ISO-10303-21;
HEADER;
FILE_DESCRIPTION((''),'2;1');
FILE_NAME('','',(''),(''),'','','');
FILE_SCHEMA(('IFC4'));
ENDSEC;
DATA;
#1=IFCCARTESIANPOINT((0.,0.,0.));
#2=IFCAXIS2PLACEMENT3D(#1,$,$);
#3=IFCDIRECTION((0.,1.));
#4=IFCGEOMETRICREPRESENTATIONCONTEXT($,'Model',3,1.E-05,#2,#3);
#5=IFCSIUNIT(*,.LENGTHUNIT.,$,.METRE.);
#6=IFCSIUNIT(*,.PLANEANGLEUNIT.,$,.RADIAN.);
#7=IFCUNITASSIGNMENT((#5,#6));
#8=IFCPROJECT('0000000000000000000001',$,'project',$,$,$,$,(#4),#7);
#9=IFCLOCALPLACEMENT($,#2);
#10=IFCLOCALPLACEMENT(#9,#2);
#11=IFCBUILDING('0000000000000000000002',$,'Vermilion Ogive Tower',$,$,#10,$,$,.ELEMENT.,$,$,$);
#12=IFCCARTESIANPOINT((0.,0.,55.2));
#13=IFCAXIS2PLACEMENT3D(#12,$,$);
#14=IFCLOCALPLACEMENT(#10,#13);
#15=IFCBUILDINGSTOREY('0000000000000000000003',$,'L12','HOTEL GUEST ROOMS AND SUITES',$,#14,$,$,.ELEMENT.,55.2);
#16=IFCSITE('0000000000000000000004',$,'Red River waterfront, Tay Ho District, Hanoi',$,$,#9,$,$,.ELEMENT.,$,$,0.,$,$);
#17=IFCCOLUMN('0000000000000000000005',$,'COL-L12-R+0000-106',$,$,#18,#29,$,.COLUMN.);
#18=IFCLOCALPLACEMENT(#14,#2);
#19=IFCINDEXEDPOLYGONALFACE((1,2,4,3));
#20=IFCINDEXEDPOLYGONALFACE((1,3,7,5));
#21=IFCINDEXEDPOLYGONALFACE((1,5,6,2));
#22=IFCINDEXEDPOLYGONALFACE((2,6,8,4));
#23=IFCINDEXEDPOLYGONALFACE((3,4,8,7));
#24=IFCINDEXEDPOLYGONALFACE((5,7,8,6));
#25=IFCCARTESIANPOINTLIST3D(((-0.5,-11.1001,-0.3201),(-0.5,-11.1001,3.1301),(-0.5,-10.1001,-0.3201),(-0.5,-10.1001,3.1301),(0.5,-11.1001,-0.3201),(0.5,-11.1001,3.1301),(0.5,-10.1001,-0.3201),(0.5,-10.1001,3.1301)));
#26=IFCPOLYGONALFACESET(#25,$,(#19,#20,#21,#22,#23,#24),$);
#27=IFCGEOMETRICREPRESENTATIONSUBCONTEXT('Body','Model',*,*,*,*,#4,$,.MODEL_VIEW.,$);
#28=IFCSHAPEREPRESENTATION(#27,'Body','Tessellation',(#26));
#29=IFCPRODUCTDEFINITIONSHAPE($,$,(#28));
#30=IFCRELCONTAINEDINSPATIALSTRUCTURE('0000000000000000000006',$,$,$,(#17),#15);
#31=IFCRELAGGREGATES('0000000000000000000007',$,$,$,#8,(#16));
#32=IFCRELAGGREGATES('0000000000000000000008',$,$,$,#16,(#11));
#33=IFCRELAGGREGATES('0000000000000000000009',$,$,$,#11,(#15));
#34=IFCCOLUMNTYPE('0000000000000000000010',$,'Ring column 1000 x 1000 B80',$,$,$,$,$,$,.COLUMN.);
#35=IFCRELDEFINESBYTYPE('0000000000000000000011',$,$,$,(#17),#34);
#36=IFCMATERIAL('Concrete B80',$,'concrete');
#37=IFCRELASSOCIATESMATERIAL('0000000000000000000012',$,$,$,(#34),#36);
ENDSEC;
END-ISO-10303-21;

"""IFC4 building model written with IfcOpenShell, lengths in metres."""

from ifc_helpers import new_model, si_unit, direction, frame, origin, origin_2d, place, context, subcontext, project, spatial, rectangle, extrude, material, material_profile, profile_set, type_object, element, save


model = new_model("IFC4")

# Units and contexts
model_context = context("Model", 3, precision=1e-05, world=origin(), true_north=direction((0.0, 1.0)))
body_context = subcontext(model_context, "Body", "Model", "MODEL_VIEW")
ifc_project = project(units=[si_unit("LENGTHUNIT", "METRE"), si_unit("PLANEANGLEUNIT", "RADIAN")], contexts=[model_context])

# Site, building, storey
site_placement = place(None, origin())
site = spatial("IfcSite", under=ifc_project, at=site_placement, Name="Red River waterfront, Tay Ho District, Hanoi", CompositionType="ELEMENT", RefElevation=0.0)
building_placement = place(site_placement, origin())
building = spatial("IfcBuilding", under=site, at=building_placement, Name="Vermilion Ogive Tower", CompositionType="ELEMENT")
storey_placement = place(building_placement, frame((0.0, 0.0, 55.2)))
storey = spatial("IfcBuildingStorey", under=building, at=storey_placement, Name="L12", Description="HOTEL GUEST ROOMS AND SUITES", CompositionType="ELEMENT", Elevation=55.2)

# Column
ifc_material_1 = material(Name="Concrete B80", Category="concrete")
ifc_material_profile = material_profile(ifc_material_1, rectangle(XDim=1.0, YDim=1.0, at=origin_2d()), Name="1000 x 1000")
ifc_profile_set = profile_set([ifc_material_profile], Name="Concrete B80")
column_type = type_object("IfcColumnType", Name="Ring column 1000 x 1000 B80", PredefinedType="COLUMN", material=ifc_profile_set)
column_placement = place(storey_placement, frame((0.0, -10.6001, -0.3201), z_axis=(0.0, 0.0, 1.0), x_axis=(1.0, 0.0, 0.0)))
element("IfcColumn", 1, at=column_placement, inside=storey, type_object=column_type, Name="COL-L12-R+0000-106", PredefinedType="COLUMN", context=body_context, shape_type="SweptSolid", body=[
    extrude(rectangle(XDim=1.0, YDim=1.0, at=origin_2d()), origin(), (0.0, 0.0, 1.0), 3.4502),
])

save(model, "model.ifc")
